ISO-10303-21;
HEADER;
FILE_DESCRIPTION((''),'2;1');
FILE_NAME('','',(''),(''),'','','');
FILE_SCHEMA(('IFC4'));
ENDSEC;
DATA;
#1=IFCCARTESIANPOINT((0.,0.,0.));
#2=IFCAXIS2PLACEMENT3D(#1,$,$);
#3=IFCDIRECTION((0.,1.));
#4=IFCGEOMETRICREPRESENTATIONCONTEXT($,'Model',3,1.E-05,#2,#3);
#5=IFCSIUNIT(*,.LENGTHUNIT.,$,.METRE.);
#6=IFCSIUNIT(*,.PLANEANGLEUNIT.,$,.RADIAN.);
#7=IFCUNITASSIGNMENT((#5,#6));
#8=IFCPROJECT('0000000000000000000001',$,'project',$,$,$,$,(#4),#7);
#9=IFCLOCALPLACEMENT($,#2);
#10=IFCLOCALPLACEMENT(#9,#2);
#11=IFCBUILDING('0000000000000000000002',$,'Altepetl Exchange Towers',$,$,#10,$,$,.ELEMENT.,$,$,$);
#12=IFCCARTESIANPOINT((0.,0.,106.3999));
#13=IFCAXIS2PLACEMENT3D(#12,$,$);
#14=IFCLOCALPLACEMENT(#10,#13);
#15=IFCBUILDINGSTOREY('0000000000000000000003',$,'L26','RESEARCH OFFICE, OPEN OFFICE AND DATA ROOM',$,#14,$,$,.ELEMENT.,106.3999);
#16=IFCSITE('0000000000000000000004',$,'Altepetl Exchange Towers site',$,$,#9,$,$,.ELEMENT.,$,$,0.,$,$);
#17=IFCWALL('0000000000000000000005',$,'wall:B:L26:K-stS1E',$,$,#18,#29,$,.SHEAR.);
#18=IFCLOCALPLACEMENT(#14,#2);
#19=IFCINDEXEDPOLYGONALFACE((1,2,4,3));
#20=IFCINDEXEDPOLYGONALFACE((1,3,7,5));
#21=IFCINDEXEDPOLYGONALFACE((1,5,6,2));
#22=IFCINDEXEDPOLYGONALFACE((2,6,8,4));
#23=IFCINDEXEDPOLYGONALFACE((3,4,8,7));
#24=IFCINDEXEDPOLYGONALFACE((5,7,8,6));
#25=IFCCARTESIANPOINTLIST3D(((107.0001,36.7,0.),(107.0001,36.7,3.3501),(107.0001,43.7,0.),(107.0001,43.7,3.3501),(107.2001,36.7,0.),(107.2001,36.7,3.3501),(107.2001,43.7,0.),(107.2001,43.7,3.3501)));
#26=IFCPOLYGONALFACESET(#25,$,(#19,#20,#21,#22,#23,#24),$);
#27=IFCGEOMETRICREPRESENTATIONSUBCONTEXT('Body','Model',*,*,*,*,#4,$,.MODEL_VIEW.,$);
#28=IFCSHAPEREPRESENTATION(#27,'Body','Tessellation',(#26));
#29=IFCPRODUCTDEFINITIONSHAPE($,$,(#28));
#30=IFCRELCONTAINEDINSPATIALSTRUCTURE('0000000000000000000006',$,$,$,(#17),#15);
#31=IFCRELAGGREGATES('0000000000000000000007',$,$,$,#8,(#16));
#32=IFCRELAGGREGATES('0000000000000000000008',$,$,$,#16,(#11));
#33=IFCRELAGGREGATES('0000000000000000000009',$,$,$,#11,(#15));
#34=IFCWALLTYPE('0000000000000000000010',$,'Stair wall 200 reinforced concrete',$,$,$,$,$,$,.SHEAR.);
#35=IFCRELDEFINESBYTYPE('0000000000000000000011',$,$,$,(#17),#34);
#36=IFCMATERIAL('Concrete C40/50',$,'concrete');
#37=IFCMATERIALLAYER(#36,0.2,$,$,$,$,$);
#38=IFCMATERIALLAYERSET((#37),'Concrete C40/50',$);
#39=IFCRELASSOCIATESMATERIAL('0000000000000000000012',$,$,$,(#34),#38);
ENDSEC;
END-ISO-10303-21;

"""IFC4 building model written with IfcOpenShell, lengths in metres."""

from ifc_helpers import new_model, si_unit, direction, frame, frame_2d, origin, place, context, subcontext, project, spatial, rectangle, extrude, material, layer, layer_set, type_object, element, save


model = new_model("IFC4")

# Units and contexts
model_context = context("Model", 3, precision=1e-05, world=origin(), true_north=direction((0.0, 1.0)))
body_context = subcontext(model_context, "Body", "Model", "MODEL_VIEW")
ifc_project = project(units=[si_unit("LENGTHUNIT", "METRE"), si_unit("PLANEANGLEUNIT", "RADIAN")], contexts=[model_context])

# Site, building, storey
site_placement = place(None, origin())
site = spatial("IfcSite", under=ifc_project, at=site_placement, Name="Altepetl Exchange Towers site", CompositionType="ELEMENT", RefElevation=0.0)
building_placement = place(site_placement, origin())
building = spatial("IfcBuilding", under=site, at=building_placement, Name="Altepetl Exchange Towers", CompositionType="ELEMENT")
storey_placement = place(building_placement, frame((0.0, 0.0, 106.3999)))
storey = spatial("IfcBuildingStorey", under=building, at=storey_placement, Name="L26", Description="RESEARCH OFFICE, OPEN OFFICE AND DATA ROOM", CompositionType="ELEMENT", Elevation=106.3999)

# Wall
ifc_material_1 = material(Name="Concrete C40/50", Category="concrete")
ifc_layer_1 = layer(ifc_material_1, 0.2)
ifc_layer_set_1 = layer_set([ifc_layer_1], Name="Concrete C40/50")
wall_type_1 = type_object("IfcWallType", Name="Stair wall 200 reinforced concrete", PredefinedType="SHEAR", material=ifc_layer_set_1)
wall_1_placement = place(storey_placement, frame((107.1001, 36.7, 0.0), z_axis=(0.0, 0.0, 1.0), x_axis=(0.0, 1.0, 0.0)))
element("IfcWall", 1, at=wall_1_placement, inside=storey, type_object=wall_type_1, Name="wall:B:L26:K-stS1E", PredefinedType="SHEAR", context=body_context, shape_type="SweptSolid", body=[
    extrude(rectangle(XDim=7.0, YDim=0.2, at=frame_2d((3.5, 0.0))), origin(), (0.0, 0.0, 1.0), 3.3501),
])

save(model, "model.ifc")
